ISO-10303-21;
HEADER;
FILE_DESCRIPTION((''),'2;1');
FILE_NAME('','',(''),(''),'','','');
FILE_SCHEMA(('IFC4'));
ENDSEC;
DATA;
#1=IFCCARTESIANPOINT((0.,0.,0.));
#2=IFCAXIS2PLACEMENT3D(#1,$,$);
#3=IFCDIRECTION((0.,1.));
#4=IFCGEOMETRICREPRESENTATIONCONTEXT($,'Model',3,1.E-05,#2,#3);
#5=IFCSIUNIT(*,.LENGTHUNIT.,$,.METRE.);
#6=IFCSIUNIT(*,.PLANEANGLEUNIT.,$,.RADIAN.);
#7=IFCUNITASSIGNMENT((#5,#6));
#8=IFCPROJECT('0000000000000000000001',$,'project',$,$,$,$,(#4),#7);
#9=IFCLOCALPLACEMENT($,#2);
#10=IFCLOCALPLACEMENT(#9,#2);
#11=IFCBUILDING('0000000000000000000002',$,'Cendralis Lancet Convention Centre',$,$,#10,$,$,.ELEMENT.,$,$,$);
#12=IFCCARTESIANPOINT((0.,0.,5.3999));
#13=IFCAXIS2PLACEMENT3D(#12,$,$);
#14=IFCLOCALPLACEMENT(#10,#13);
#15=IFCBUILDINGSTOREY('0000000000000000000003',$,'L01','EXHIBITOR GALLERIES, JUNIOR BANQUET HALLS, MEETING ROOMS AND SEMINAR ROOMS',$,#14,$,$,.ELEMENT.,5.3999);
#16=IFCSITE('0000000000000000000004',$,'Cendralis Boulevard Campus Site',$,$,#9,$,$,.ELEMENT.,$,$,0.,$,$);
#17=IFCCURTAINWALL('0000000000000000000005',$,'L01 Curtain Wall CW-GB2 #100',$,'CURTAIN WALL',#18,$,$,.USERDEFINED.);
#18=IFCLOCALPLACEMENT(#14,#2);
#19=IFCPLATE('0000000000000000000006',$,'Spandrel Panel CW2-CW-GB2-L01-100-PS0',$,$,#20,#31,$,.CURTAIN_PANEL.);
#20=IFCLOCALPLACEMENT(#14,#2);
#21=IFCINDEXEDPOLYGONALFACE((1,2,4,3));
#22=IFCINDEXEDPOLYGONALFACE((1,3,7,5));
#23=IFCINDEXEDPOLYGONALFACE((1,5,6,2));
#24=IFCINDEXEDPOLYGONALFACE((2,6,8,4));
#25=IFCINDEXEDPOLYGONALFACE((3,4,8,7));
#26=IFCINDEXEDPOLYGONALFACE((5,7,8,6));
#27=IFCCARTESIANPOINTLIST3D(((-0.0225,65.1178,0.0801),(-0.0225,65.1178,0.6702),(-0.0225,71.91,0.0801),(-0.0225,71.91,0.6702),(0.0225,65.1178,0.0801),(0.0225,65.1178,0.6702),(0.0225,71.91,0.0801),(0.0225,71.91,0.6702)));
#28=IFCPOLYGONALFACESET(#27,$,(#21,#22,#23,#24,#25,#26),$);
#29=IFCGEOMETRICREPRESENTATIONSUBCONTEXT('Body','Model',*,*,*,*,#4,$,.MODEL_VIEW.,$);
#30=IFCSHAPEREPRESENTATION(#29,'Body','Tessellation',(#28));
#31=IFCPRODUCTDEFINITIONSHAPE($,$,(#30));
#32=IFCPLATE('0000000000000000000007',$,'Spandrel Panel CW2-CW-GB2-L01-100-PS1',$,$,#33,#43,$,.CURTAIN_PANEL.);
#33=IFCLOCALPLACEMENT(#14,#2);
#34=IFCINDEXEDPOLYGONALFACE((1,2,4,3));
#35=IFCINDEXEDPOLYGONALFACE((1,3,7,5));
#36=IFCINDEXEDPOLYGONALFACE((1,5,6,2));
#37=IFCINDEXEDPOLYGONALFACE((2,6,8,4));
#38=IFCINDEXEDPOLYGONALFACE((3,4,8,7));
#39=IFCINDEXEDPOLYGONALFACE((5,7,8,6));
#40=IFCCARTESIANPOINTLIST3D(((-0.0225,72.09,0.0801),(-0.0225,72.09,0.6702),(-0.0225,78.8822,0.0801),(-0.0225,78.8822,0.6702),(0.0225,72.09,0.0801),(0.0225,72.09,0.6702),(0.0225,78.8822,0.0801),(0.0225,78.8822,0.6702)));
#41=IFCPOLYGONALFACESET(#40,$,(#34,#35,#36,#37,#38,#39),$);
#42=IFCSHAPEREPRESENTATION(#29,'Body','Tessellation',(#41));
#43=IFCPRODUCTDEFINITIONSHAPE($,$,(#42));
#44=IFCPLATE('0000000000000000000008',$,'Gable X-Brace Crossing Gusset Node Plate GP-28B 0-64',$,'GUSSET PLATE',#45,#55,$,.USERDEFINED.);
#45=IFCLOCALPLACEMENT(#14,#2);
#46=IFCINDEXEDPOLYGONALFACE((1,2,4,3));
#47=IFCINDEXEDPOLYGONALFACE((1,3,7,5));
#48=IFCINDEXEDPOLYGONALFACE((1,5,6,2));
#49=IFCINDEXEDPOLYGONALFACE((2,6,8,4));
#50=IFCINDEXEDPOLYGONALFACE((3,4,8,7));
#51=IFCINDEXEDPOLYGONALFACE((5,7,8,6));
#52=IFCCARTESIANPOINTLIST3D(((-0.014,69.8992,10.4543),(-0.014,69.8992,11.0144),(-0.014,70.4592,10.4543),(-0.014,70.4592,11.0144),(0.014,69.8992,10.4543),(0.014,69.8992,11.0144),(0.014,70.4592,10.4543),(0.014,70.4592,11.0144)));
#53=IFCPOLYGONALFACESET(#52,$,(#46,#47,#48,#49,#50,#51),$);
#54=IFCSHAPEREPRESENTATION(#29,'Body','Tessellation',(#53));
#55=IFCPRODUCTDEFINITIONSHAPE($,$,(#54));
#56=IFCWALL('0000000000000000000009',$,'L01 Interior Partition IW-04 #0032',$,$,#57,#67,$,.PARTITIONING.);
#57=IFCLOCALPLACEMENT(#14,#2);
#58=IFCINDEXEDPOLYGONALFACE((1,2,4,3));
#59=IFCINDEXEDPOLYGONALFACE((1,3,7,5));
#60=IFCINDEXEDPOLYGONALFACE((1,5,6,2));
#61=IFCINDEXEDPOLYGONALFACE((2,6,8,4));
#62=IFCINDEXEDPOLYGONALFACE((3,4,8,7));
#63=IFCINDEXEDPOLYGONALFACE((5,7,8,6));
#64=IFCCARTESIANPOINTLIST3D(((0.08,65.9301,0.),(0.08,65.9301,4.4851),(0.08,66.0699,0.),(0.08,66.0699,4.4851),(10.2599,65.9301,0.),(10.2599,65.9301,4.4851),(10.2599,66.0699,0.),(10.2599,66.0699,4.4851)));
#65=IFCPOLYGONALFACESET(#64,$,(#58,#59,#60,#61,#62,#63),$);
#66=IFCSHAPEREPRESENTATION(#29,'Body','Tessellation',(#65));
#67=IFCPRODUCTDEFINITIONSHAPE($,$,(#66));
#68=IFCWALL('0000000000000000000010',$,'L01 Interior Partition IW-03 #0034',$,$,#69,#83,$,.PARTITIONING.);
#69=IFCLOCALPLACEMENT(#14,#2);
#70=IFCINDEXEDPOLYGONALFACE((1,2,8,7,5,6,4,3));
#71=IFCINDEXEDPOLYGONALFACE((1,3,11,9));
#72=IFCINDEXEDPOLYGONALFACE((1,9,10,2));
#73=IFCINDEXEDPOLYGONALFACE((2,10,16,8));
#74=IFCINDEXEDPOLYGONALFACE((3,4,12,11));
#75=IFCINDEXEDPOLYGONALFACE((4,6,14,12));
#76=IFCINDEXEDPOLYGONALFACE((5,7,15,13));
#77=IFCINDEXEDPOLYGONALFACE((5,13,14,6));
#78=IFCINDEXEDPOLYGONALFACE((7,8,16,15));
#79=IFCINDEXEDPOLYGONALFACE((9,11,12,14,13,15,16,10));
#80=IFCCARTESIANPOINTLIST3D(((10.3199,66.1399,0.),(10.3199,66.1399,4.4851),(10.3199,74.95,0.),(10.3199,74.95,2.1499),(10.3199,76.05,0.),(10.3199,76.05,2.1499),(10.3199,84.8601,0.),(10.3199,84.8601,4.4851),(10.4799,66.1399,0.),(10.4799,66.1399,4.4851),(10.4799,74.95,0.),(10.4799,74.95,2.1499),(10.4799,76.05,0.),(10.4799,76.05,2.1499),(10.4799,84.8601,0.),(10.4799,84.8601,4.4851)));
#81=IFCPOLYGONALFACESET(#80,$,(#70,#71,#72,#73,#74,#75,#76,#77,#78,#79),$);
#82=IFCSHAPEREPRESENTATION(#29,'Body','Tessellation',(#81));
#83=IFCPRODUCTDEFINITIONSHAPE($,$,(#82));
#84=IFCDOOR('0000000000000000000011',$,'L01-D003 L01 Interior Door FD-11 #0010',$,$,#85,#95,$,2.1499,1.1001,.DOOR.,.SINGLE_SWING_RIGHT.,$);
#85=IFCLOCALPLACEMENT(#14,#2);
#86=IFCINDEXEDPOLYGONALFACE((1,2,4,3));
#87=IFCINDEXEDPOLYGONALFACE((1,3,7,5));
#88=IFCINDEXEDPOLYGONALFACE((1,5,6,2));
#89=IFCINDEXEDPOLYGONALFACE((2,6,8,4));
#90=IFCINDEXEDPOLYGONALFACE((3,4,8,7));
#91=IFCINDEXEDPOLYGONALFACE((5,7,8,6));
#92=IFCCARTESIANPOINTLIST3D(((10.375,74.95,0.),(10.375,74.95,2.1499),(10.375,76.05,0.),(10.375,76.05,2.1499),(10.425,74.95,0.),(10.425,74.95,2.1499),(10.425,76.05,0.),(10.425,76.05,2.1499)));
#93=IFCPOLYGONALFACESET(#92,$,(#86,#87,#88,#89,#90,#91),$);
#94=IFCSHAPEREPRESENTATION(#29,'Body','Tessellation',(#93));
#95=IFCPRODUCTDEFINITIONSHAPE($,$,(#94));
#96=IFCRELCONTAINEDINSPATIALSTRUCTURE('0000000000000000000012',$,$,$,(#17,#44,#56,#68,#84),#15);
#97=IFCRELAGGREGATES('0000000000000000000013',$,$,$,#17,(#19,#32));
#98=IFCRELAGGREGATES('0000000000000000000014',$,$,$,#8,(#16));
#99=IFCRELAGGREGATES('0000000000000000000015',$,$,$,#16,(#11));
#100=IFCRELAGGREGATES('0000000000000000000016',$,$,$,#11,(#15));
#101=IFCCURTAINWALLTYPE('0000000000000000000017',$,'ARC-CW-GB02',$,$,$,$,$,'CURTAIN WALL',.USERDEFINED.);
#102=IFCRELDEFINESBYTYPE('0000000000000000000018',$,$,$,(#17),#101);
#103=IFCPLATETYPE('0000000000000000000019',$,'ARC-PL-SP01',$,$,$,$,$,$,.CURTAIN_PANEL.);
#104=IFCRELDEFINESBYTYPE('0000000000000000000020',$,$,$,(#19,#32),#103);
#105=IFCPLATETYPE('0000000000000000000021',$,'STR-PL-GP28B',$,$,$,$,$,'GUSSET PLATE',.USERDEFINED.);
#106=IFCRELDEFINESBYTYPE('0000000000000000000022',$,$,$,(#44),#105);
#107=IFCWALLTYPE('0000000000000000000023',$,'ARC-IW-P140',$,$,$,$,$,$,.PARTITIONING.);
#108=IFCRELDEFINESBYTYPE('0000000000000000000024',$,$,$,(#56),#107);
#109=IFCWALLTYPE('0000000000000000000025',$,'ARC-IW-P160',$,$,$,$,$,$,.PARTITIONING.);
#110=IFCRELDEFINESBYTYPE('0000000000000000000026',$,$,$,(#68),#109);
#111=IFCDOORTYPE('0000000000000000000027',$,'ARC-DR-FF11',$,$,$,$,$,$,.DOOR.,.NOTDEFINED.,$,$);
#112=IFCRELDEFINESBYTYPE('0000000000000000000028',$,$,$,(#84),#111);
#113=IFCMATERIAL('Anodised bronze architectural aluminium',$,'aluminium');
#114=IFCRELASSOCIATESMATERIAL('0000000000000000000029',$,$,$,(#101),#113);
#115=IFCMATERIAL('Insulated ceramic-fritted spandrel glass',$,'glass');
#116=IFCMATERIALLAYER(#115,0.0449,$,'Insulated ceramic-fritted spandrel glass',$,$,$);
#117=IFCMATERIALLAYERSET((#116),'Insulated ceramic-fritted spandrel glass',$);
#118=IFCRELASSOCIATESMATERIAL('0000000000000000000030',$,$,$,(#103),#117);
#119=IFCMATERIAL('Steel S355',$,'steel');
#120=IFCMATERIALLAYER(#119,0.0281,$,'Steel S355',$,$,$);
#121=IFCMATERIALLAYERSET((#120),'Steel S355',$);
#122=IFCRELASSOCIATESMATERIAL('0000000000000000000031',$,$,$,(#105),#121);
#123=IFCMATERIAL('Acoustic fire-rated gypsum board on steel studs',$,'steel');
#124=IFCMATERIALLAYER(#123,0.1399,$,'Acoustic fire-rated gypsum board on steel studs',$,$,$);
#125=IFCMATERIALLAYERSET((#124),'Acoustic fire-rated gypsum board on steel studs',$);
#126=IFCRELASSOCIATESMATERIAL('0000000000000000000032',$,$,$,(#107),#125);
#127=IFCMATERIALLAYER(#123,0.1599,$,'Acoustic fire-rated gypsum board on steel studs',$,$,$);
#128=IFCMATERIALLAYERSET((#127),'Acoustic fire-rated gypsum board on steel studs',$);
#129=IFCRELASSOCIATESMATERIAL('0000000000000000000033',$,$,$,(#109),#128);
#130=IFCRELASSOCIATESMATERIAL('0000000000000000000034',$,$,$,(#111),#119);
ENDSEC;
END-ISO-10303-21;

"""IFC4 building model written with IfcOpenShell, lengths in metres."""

from ifc_helpers import new_model, si_unit, direction, frame, frame_2d, origin, origin_2d, place, context, subcontext, project, spatial, rectangle, extrude, material, layer, layer_set, type_object, element, fill, aggregate, save


model = new_model("IFC4")

# Units and contexts
model_context = context("Model", 3, precision=1e-05, world=origin(), true_north=direction((0.0, 1.0)))
body_context = subcontext(model_context, "Body", "Model", "MODEL_VIEW")
ifc_project = project(units=[si_unit("LENGTHUNIT", "METRE"), si_unit("PLANEANGLEUNIT", "RADIAN")], contexts=[model_context])

# Site, building, storey
site_placement = place(None, origin())
site = spatial("IfcSite", under=ifc_project, at=site_placement, Name="Cendralis Boulevard Campus Site", CompositionType="ELEMENT", RefElevation=0.0)
building_placement = place(site_placement, origin())
building = spatial("IfcBuilding", under=site, at=building_placement, Name="Cendralis Lancet Convention Centre", CompositionType="ELEMENT")
storey_placement = place(building_placement, frame((0.0, 0.0, 5.3999)))
storey = spatial("IfcBuildingStorey", under=building, at=storey_placement, Name="L01", Description="EXHIBITOR GALLERIES, JUNIOR BANQUET HALLS, MEETING ROOMS AND SEMINAR ROOMS", CompositionType="ELEMENT", Elevation=5.3999)

# Shared definitions
ifc_material_1 = material(Name="Steel S355", Category="steel")

# Curtain wall
ifc_material_2 = material(Name="Anodised bronze architectural aluminium", Category="aluminium")
curtain_wall_type = type_object("IfcCurtainWallType", Name="ARC-CW-GB02", ElementType="CURTAIN WALL", PredefinedType="USERDEFINED", material=ifc_material_2)
curtain_wall_placement = place(storey_placement, origin())
curtain_wall = element("IfcCurtainWall", 1, at=curtain_wall_placement, inside=storey, type_object=curtain_wall_type, Name="L01 Curtain Wall CW-GB2 #100", ObjectType="CURTAIN WALL", PredefinedType="USERDEFINED")

# Plates
ifc_material_3 = material(Name="Insulated ceramic-fritted spandrel glass", Category="glass")
ifc_layer_1 = layer(ifc_material_3, 0.0449, Name="Insulated ceramic-fritted spandrel glass")
ifc_layer_set_1 = layer_set([ifc_layer_1], Name="Insulated ceramic-fritted spandrel glass")
plate_type_1 = type_object("IfcPlateType", Name="ARC-PL-SP01", PredefinedType="CURTAIN_PANEL", material=ifc_layer_set_1)
plate_1_placement = place(storey_placement, frame((0.0, 68.5139, 0.0801), z_axis=(0.0, 0.0, 1.0), x_axis=(0.0, 1.0, 0.0)))
plate_1 = element("IfcPlate", 2, at=plate_1_placement, type_object=plate_type_1, Name="Spandrel Panel CW2-CW-GB2-L01-100-PS0", PredefinedType="CURTAIN_PANEL", context=body_context, shape_type="SweptSolid", body=[
    extrude(rectangle(XDim=6.7922, YDim=0.0449, at=origin_2d()), origin(), (0.0, 0.0, 1.0), 0.5901),
])
plate_2_placement = place(storey_placement, frame((0.0, 75.4861, 0.0801), z_axis=(0.0, 0.0, 1.0), x_axis=(0.0, 1.0, 0.0)))
plate_2 = element("IfcPlate", 3, at=plate_2_placement, type_object=plate_type_1, Name="Spandrel Panel CW2-CW-GB2-L01-100-PS1", PredefinedType="CURTAIN_PANEL", context=body_context, shape_type="SweptSolid", body=[
    extrude(rectangle(XDim=6.7922, YDim=0.0449, at=origin_2d()), origin(), (0.0, 0.0, 1.0), 0.5901),
])
aggregate(curtain_wall, [plate_1, plate_2])
ifc_layer_2 = layer(ifc_material_1, 0.0281, Name="Steel S355")
ifc_layer_set_2 = layer_set([ifc_layer_2], Name="Steel S355")
plate_type_2 = type_object("IfcPlateType", Name="STR-PL-GP28B", ElementType="GUSSET PLATE", PredefinedType="USERDEFINED", material=ifc_layer_set_2)
plate_3_placement = place(storey_placement, frame((0.0, 70.1792, 10.4543), z_axis=(0.0, 0.0, 1.0), x_axis=(0.0, 1.0, 0.0)))
element("IfcPlate", 4, at=plate_3_placement, inside=storey, type_object=plate_type_2, Name="Gable X-Brace Crossing Gusset Node Plate GP-28B 0-64", ObjectType="GUSSET PLATE", PredefinedType="USERDEFINED", context=body_context, shape_type="SweptSolid", body=[
    extrude(rectangle(XDim=0.5601, YDim=0.0281, at=origin_2d()), origin(), (0.0, 0.0, 1.0), 0.5601),
])

# Wall
ifc_material_4 = material(Name="Acoustic fire-rated gypsum board on steel studs", Category="steel")
ifc_layer_3 = layer(ifc_material_4, 0.1399, Name="Acoustic fire-rated gypsum board on steel studs")
ifc_layer_set_3 = layer_set([ifc_layer_3], Name="Acoustic fire-rated gypsum board on steel studs")
wall_type_1 = type_object("IfcWallType", Name="ARC-IW-P140", PredefinedType="PARTITIONING", material=ifc_layer_set_3)
wall_1_placement = place(storey_placement, frame((0.0801, 66.0, 0.0), z_axis=(0.0, 0.0, 1.0), x_axis=(1.0, 0.0, 0.0)))
element("IfcWall", 5, at=wall_1_placement, inside=storey, type_object=wall_type_1, Name="L01 Interior Partition IW-04 #0032", PredefinedType="PARTITIONING", context=body_context, shape_type="SweptSolid", body=[
    extrude(rectangle(XDim=10.1799, YDim=0.1399, at=frame_2d((5.0898, 0.0))), origin(), (0.0, 0.0, 1.0), 4.4851),
])

# Wall, opening, door
ifc_layer_4 = layer(ifc_material_4, 0.1599, Name="Acoustic fire-rated gypsum board on steel studs")
ifc_layer_set_4 = layer_set([ifc_layer_4], Name="Acoustic fire-rated gypsum board on steel studs")
wall_type_2 = type_object("IfcWallType", Name="ARC-IW-P160", PredefinedType="PARTITIONING", material=ifc_layer_set_4)
wall_2_placement = place(storey_placement, frame((10.3999, 66.1399, 0.0), z_axis=(0.0, 0.0, 1.0), x_axis=(0.0, 1.0, 0.0)))
wall_2 = element("IfcWall", 6, at=wall_2_placement, inside=storey, type_object=wall_type_2, Name="L01 Interior Partition IW-03 #0034", PredefinedType="PARTITIONING", context=body_context, shape_type="SweptSolid", body=[
    extrude(rectangle(XDim=18.7202, YDim=0.1599, at=frame_2d((9.3601, 0.0))), origin(), (0.0, 0.0, 1.0), 4.4851),
])
opening_placement = place(wall_2_placement, frame((8.8101, 0.0, 0.0)))
opening = element("IfcOpeningElement", 7, at=opening_placement, cuts=wall_2, PredefinedType="OPENING", context=body_context, shape_type="SweptSolid", body=[
    extrude(rectangle(XDim=1.1001, YDim=2.1499, at=frame_2d((0.55, 1.075))), frame((0.0, 0.0898, 0.0), z_axis=(0.0, -1.0, 0.0), x_axis=(1.0, 0.0, 0.0)), (0.0, 0.0, 1.0), 0.1799),
])
door_type = type_object("IfcDoorType", Name="ARC-DR-FF11", OperationType="NOTDEFINED", PredefinedType="DOOR", material=ifc_material_1)
door_placement = place(opening_placement, origin())
door = element("IfcDoor", 8, at=door_placement, inside=storey, type_object=door_type, Name="L01-D003 L01 Interior Door FD-11 #0010", OperationType="SINGLE_SWING_RIGHT", OverallHeight=2.1499, OverallWidth=1.1001, PredefinedType="DOOR", context=body_context, shape_type="SweptSolid", body=[
    extrude(rectangle(XDim=1.1001, YDim=2.1499, at=frame_2d((0.55, 1.075))), frame((0.0, 0.0249, 0.0), z_axis=(0.0, -1.0, 0.0), x_axis=(1.0, 0.0, 0.0)), (0.0, 0.0, 1.0), 0.05),
])
fill(opening, door)

save(model, "model.ifc")
